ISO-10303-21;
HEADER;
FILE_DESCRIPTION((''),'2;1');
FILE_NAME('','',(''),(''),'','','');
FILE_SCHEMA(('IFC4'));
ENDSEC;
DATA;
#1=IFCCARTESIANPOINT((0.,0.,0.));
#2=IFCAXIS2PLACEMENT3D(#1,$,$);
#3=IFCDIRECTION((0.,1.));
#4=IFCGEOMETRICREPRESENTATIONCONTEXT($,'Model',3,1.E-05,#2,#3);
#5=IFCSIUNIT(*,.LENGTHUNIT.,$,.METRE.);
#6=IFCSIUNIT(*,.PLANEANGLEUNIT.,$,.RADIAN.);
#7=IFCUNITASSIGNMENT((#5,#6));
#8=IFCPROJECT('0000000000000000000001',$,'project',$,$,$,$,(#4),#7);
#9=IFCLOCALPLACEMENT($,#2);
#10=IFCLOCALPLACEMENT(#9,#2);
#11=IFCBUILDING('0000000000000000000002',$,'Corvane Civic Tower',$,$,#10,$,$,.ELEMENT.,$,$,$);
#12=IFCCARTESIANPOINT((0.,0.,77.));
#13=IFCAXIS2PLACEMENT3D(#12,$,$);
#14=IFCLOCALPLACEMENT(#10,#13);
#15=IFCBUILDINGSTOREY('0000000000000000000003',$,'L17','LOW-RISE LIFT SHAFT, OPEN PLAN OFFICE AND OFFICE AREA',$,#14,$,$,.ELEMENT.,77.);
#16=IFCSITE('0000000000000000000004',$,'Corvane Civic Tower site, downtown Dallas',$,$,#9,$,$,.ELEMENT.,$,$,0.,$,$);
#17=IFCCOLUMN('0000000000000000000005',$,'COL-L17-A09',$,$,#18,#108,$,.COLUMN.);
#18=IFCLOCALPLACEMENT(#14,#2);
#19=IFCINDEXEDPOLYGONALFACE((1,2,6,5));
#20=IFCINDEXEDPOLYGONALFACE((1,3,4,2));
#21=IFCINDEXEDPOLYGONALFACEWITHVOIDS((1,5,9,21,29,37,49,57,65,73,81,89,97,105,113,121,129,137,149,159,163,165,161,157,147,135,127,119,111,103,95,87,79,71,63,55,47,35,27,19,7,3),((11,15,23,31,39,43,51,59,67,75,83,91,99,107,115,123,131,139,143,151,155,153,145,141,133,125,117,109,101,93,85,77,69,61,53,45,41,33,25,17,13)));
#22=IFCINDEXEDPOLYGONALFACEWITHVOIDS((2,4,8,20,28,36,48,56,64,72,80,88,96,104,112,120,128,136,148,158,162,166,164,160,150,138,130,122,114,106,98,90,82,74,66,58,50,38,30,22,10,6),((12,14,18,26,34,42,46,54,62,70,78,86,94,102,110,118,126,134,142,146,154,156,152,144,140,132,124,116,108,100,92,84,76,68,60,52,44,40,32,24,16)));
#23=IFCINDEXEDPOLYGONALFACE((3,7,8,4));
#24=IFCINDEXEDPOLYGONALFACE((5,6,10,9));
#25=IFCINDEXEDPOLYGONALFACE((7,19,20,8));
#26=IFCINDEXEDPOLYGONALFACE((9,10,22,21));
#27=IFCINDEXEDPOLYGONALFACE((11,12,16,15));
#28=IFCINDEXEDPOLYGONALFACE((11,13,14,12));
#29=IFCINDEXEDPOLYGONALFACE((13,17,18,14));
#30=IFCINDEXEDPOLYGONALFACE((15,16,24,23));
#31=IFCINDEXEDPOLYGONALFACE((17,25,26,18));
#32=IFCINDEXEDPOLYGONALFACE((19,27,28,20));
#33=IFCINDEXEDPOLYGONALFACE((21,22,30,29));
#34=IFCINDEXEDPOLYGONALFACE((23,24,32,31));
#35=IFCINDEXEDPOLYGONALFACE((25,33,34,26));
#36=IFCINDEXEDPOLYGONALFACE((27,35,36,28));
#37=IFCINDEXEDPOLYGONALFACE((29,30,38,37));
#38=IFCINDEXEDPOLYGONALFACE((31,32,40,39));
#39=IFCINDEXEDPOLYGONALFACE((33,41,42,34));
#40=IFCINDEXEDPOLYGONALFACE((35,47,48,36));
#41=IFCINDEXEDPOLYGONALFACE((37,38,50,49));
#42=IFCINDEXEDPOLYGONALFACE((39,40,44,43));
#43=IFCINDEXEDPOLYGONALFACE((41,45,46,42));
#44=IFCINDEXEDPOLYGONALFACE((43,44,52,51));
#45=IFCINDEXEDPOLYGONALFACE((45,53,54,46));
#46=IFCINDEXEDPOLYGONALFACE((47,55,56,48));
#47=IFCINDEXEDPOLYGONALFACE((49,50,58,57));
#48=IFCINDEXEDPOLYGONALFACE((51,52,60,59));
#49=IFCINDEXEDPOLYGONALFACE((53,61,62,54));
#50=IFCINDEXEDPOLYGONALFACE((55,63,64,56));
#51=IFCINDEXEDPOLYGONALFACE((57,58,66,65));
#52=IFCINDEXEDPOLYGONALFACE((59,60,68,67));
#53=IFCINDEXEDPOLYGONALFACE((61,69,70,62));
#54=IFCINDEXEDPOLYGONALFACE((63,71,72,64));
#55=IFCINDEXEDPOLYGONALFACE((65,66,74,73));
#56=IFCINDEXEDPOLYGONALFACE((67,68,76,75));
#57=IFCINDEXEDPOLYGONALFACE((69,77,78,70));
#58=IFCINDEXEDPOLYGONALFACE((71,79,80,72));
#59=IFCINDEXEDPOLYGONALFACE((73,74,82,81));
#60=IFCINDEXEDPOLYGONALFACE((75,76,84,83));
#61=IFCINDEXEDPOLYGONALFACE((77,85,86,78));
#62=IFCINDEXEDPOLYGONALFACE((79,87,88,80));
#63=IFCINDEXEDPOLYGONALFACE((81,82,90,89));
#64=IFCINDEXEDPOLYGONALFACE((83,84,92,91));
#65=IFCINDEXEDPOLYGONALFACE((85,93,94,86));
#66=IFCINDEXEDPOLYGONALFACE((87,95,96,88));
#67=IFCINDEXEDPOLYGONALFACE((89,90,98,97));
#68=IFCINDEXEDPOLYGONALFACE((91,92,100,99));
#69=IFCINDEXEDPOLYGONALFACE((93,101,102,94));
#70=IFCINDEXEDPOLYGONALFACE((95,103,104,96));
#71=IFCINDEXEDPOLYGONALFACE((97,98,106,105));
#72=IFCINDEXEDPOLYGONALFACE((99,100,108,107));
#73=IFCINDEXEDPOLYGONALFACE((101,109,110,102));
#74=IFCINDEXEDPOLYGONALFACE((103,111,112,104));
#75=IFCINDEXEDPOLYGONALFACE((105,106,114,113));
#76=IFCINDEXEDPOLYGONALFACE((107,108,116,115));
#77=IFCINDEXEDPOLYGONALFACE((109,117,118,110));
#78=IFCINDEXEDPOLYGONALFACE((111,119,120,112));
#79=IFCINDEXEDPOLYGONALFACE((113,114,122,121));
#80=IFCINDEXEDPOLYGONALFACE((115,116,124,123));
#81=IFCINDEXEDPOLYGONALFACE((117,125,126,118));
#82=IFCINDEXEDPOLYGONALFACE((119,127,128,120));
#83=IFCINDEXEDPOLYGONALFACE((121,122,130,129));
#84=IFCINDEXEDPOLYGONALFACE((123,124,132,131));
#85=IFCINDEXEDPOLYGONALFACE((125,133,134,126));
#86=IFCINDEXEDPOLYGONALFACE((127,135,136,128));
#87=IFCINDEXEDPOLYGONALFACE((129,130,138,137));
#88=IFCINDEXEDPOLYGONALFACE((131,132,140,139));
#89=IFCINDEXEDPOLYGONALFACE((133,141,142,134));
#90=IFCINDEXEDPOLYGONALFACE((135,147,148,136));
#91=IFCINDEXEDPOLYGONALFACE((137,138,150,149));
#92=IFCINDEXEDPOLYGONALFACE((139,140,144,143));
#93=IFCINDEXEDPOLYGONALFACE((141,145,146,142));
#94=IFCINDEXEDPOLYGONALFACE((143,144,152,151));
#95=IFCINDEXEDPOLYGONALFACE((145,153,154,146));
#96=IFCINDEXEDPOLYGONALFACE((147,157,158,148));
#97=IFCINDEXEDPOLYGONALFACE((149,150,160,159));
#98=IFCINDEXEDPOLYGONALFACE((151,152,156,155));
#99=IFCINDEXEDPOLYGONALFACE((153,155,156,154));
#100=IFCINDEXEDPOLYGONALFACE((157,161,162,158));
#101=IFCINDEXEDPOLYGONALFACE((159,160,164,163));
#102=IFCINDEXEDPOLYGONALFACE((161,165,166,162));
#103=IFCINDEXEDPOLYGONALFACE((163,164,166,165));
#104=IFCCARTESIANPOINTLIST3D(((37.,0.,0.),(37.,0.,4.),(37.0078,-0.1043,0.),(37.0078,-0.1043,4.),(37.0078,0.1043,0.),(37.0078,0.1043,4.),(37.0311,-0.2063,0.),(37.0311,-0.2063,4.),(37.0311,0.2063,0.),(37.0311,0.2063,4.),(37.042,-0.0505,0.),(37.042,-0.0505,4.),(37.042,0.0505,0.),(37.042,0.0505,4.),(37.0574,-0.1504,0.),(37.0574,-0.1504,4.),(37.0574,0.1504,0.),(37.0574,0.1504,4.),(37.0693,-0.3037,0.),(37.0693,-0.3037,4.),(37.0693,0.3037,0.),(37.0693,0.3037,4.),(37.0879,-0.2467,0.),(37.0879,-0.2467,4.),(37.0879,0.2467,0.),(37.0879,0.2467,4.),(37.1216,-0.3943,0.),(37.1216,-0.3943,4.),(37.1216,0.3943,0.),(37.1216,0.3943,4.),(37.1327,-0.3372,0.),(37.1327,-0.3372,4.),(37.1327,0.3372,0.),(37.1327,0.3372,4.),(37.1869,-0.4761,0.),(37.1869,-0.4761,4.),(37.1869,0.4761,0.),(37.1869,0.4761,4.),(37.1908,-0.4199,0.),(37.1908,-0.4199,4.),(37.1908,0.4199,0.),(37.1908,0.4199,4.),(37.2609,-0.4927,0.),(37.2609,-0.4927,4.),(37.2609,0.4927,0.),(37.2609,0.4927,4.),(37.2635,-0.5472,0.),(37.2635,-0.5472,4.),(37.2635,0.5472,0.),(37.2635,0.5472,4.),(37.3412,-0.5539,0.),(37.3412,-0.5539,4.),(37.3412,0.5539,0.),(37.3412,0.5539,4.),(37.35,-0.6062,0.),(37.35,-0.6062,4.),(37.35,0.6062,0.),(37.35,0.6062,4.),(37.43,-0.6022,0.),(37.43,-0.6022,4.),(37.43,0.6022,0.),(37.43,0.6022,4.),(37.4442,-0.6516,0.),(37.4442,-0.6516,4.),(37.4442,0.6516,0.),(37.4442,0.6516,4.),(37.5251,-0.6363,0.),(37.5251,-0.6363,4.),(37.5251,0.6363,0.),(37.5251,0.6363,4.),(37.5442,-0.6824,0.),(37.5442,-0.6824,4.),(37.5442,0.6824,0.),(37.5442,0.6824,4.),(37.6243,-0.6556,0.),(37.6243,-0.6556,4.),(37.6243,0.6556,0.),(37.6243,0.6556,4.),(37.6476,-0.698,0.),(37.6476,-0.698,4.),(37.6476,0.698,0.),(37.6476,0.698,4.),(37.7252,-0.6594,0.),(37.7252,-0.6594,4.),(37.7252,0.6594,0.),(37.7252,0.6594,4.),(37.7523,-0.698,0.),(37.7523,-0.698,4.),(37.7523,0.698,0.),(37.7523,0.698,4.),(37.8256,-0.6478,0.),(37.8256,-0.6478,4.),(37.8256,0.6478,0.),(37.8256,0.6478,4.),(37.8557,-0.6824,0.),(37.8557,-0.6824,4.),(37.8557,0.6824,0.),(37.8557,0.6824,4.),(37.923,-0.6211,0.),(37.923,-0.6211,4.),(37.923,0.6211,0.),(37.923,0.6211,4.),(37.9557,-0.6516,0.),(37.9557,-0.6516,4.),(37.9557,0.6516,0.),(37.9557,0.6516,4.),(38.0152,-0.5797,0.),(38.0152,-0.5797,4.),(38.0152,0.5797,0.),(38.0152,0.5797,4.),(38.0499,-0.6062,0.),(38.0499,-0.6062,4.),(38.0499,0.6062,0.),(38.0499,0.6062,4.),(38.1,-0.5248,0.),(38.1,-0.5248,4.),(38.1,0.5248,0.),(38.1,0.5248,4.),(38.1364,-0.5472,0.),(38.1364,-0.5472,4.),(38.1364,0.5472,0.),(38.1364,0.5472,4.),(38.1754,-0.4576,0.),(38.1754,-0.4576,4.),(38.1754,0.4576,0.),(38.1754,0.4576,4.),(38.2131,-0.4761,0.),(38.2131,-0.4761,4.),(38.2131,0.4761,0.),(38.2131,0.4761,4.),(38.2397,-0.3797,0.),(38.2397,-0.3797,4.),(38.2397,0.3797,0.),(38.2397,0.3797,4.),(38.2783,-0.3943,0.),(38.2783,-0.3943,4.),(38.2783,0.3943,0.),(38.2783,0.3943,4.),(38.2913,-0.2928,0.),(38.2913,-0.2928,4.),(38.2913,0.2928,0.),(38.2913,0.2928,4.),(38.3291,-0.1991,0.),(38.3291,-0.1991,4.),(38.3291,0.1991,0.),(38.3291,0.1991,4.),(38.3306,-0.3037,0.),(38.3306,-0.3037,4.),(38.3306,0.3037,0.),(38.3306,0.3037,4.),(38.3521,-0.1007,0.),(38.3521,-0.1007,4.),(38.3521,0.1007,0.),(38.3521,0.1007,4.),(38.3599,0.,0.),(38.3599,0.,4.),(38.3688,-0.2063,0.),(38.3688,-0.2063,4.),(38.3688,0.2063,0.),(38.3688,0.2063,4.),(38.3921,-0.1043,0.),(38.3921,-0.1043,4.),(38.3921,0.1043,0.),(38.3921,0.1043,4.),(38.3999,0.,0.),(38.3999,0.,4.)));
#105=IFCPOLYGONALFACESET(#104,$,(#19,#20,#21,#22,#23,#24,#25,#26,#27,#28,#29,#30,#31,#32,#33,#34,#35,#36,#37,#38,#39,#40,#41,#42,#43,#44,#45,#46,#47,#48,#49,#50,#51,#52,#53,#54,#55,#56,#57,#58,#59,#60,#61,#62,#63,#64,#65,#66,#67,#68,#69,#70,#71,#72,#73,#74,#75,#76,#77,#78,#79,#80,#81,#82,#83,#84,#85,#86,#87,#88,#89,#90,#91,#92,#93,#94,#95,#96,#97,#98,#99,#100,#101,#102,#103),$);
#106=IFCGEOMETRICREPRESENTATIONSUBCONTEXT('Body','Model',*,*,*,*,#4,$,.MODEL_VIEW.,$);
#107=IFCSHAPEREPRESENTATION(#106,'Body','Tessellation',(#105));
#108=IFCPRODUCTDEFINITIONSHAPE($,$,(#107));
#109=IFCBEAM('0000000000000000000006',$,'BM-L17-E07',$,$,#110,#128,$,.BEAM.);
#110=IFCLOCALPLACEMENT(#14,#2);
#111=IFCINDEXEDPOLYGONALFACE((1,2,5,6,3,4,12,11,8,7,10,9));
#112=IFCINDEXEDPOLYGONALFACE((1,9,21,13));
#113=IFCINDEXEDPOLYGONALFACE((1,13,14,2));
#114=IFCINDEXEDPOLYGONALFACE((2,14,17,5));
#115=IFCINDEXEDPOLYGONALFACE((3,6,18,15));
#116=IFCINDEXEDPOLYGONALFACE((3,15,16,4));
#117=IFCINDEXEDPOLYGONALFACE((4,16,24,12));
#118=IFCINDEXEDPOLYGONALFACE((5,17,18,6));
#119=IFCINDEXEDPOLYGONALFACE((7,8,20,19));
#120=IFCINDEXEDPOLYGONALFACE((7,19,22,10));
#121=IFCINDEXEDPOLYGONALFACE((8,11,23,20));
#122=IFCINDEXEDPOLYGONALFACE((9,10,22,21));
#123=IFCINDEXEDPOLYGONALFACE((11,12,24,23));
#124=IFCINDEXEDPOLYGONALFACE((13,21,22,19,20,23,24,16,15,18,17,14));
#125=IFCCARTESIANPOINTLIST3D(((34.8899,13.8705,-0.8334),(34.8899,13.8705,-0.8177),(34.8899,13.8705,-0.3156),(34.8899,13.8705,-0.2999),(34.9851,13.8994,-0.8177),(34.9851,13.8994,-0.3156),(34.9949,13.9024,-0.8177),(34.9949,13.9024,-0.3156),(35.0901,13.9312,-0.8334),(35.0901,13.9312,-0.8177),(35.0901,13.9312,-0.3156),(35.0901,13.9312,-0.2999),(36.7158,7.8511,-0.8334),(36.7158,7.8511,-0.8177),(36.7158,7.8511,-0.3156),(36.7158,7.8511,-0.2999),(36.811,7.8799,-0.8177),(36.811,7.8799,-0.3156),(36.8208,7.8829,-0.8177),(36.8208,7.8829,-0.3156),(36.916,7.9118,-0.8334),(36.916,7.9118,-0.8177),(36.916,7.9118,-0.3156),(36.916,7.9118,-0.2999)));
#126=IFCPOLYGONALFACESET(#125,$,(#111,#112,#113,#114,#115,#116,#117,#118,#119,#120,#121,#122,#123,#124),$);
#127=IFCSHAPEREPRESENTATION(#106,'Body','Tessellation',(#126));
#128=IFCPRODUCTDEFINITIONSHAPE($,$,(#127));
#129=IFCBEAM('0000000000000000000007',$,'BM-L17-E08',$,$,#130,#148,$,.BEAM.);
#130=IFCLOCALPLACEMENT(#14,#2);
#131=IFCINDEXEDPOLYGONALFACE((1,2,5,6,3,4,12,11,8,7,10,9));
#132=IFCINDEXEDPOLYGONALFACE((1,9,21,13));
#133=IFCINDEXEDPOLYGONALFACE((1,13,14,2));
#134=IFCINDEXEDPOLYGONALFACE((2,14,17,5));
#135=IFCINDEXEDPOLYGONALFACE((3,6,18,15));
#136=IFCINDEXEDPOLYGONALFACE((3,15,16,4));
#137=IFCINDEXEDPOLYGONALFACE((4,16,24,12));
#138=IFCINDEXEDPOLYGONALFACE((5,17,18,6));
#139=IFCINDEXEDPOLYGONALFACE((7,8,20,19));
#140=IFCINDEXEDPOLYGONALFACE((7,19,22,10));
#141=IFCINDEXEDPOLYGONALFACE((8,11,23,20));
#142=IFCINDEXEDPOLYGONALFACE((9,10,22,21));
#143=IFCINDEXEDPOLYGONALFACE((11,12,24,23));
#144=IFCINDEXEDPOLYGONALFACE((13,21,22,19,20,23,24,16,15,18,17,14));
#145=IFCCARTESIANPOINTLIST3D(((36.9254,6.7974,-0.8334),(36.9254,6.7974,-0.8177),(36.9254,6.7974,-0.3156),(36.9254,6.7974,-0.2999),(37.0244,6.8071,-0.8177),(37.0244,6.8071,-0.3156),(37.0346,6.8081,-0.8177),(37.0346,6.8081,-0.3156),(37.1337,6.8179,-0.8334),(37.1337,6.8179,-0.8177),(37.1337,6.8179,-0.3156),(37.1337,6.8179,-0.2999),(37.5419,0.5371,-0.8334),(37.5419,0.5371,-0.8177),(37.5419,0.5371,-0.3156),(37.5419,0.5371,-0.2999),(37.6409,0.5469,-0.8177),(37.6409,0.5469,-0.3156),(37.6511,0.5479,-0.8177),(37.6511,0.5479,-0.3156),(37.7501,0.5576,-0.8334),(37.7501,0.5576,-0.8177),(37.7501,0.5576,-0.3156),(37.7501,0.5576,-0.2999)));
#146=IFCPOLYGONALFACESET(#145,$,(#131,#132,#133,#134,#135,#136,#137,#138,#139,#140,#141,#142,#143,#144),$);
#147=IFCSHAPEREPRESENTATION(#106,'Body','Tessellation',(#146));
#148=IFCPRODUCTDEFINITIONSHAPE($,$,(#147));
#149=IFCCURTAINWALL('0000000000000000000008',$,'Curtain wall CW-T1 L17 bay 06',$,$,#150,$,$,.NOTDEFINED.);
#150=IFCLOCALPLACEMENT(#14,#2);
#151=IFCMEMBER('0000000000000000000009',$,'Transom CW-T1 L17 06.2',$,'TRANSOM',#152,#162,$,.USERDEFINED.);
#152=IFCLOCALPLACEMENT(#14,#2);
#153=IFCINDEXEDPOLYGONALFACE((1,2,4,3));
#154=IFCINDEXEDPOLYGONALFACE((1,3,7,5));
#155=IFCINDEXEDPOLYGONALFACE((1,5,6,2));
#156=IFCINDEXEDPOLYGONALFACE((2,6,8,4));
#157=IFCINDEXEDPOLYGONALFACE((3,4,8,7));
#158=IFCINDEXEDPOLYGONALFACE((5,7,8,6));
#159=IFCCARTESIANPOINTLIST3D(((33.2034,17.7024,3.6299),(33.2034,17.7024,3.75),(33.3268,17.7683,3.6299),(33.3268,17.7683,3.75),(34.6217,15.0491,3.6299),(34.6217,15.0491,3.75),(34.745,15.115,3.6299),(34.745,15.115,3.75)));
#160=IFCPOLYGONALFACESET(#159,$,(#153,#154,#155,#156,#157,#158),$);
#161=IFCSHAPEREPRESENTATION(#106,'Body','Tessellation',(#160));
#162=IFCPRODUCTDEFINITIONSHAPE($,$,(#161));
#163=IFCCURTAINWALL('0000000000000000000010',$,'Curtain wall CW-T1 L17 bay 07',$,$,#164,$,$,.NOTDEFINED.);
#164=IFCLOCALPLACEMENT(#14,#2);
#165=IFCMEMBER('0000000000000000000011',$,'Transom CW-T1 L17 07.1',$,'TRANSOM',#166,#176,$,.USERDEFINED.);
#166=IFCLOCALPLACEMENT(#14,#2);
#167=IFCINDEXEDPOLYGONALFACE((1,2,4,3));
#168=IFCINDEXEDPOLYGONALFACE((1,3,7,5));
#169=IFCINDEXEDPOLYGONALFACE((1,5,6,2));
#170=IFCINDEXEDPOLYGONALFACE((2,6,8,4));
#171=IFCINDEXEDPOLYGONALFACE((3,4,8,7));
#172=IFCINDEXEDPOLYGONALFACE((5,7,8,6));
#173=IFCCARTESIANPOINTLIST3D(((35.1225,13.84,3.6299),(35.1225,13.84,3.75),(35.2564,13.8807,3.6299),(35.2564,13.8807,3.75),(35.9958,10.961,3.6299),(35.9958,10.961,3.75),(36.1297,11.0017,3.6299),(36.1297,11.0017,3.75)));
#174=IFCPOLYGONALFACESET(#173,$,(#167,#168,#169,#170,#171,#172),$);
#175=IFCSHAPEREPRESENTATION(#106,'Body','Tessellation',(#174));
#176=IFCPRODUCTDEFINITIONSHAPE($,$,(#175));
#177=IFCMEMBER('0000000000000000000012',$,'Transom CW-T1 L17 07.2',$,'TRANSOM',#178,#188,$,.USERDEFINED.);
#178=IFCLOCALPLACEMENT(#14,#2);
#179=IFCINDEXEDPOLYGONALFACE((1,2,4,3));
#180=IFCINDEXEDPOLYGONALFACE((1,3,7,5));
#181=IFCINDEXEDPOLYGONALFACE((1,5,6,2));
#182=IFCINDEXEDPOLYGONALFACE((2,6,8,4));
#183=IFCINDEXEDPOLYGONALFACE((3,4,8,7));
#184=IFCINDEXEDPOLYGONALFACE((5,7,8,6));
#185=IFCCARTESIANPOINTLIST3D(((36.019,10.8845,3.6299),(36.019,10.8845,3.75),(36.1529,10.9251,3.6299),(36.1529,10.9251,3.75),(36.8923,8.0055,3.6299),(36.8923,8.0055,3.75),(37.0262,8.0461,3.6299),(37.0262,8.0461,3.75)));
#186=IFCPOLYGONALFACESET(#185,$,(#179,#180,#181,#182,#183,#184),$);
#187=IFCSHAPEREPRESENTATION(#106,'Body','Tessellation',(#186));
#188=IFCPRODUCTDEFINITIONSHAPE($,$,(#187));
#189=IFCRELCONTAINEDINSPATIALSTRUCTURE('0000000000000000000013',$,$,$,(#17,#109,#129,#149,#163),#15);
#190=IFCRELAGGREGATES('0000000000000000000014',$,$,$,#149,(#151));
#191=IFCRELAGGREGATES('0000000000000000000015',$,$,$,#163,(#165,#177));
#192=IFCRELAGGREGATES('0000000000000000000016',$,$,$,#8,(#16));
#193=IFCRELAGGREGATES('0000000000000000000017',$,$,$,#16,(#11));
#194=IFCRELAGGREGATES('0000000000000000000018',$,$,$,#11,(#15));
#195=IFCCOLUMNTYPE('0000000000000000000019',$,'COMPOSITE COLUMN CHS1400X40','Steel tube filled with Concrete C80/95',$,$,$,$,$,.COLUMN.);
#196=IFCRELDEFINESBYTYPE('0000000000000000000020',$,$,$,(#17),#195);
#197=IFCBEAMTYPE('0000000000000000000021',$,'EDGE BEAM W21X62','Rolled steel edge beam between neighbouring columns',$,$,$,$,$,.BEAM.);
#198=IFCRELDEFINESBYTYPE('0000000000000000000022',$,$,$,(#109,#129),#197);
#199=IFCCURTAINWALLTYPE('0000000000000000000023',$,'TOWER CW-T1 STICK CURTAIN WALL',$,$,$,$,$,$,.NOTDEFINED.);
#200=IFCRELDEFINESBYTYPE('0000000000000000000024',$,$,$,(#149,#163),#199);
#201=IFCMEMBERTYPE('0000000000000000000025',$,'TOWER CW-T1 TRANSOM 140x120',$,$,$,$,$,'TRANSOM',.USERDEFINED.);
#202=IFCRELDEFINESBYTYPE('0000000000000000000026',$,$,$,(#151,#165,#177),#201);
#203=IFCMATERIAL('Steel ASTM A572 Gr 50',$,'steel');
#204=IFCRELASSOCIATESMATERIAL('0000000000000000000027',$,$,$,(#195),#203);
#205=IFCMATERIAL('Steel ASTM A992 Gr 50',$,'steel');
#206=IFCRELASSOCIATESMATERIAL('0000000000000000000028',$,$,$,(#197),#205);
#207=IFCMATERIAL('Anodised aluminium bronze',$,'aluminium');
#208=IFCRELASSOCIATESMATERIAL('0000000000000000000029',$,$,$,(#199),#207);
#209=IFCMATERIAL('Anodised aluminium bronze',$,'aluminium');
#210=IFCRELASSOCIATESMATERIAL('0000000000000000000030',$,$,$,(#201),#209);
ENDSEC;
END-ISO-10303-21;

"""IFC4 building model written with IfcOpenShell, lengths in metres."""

from ifc_helpers import new_model, si_unit, direction, frame, origin, origin_2d, place, context, subcontext, project, spatial, rectangle, hollow_circle, i_section, extrude, material, material_profile, profile_set, type_object, element, aggregate, save


model = new_model("IFC4")

# Units and contexts
model_context = context("Model", 3, precision=1e-05, world=origin(), true_north=direction((0.0, 1.0)))
body_context = subcontext(model_context, "Body", "Model", "MODEL_VIEW")
ifc_project = project(units=[si_unit("LENGTHUNIT", "METRE"), si_unit("PLANEANGLEUNIT", "RADIAN")], contexts=[model_context])

# Site, building, storey
site_placement = place(None, origin())
site = spatial("IfcSite", under=ifc_project, at=site_placement, Name="Corvane Civic Tower site, downtown Dallas", CompositionType="ELEMENT", RefElevation=0.0)
building_placement = place(site_placement, origin())
building = spatial("IfcBuilding", under=site, at=building_placement, Name="Corvane Civic Tower", CompositionType="ELEMENT")
storey_placement = place(building_placement, frame((0.0, 0.0, 77.0)))
storey = spatial("IfcBuildingStorey", under=building, at=storey_placement, Name="L17", Description="LOW-RISE LIFT SHAFT, OPEN PLAN OFFICE AND OFFICE AREA", CompositionType="ELEMENT", Elevation=77.0)

# Column
ifc_material_1 = material(Name="Steel ASTM A572 Gr 50", Category="steel")
ifc_material_profile_1 = material_profile(ifc_material_1, hollow_circle(Radius=0.7, WallThickness=0.04, at=origin_2d()), Name="CHS1400X40")
ifc_profile_set_1 = profile_set([ifc_material_profile_1], Name="Steel ASTM A572 Gr 50")
column_type = type_object("IfcColumnType", Name="COMPOSITE COLUMN CHS1400X40", Description="Steel tube filled with Concrete C80/95", PredefinedType="COLUMN", material=ifc_profile_set_1)
for number, where, z_axis, x_axis, name in (
    (1, (37.7, 0.0, 0.0), (0.0, 0.0, 1.0), (1.0, 0.0, 0.0), "COL-L17-A09"),
):
    element("IfcColumn", number, at=place(storey_placement, frame(where, z_axis=z_axis, x_axis=x_axis)), inside=storey, type_object=column_type, Name=name, PredefinedType="COLUMN", context=body_context, shape_type="SweptSolid", body=[
        extrude(hollow_circle(Radius=0.7, WallThickness=0.04, at=origin_2d()), origin(), (0.0, 0.0, 1.0), 4.0),
    ])

# Beams
ifc_material_2 = material(Name="Steel ASTM A992 Gr 50", Category="steel")
ifc_material_profile_2 = material_profile(ifc_material_2, i_section(OverallWidth=0.2092, OverallDepth=0.5334, WebThickness=0.0103, FlangeThickness=0.0156, at=origin_2d()), Name="W21X62")
ifc_profile_set_2 = profile_set([ifc_material_profile_2], Name="Steel ASTM A992 Gr 50")
beam_type = type_object("IfcBeamType", Name="EDGE BEAM W21X62", Description="Rolled steel edge beam between neighbouring columns", PredefinedType="BEAM", material=ifc_profile_set_2)
beam_1_placement = place(storey_placement, frame((34.99, 13.9009, -0.5667), z_axis=(0.290273, -0.956944, 0.0), x_axis=(0.956944, 0.290273, 0.0)))
element("IfcBeam", 2, at=beam_1_placement, inside=storey, type_object=beam_type, Name="BM-L17-E07", PredefinedType="BEAM", context=body_context, shape_type="SweptSolid", body=[
    extrude(i_section(OverallWidth=0.2092, OverallDepth=0.5334, WebThickness=0.0103, FlangeThickness=0.0156, at=origin_2d()), origin(), (0.0, 0.0, 1.0), 6.2903),
])
beam_2_placement = place(storey_placement, frame((37.0295, 6.8076, -0.5667), z_axis=(0.097997, -0.995187, 0.0), x_axis=(0.995187, 0.097997, 0.0)))
element("IfcBeam", 3, at=beam_2_placement, inside=storey, type_object=beam_type, Name="BM-L17-E08", PredefinedType="BEAM", context=body_context, shape_type="SweptSolid", body=[
    extrude(i_section(OverallWidth=0.2092, OverallDepth=0.5334, WebThickness=0.0103, FlangeThickness=0.0156, at=origin_2d()), origin(), (0.0, 0.0, 1.0), 6.2905),
])

# Curtain wall, member
ifc_material_3 = material(Name="Anodised aluminium bronze", Category="aluminium")
curtain_wall_type = type_object("IfcCurtainWallType", Name="TOWER CW-T1 STICK CURTAIN WALL", PredefinedType="NOTDEFINED", material=ifc_material_3)
curtain_wall_1_placement = place(storey_placement, origin())
curtain_wall_1 = element("IfcCurtainWall", 4, at=curtain_wall_1_placement, inside=storey, type_object=curtain_wall_type, Name="Curtain wall CW-T1 L17 bay 06", PredefinedType="NOTDEFINED")
ifc_material_4 = material(Name="Anodised aluminium bronze", Category="aluminium")
ifc_material_profile_3 = material_profile(ifc_material_4, rectangle(XDim=0.1399, YDim=0.1201, at=origin_2d()), Name="TOWER CW-T1 TRANSOM 140x120")
ifc_profile_set_3 = profile_set([ifc_material_profile_3], Name="Anodised aluminium bronze")
member_type_1 = type_object("IfcMemberType", Name="TOWER CW-T1 TRANSOM 140x120", ElementType="TRANSOM", PredefinedType="USERDEFINED", material=ifc_profile_set_3)
member_1_placement = place(storey_placement, frame((33.2651, 17.7354, 3.6899), z_axis=(0.471393, -0.881924, 0.0), x_axis=(0.881924, 0.471393, 0.0)))
member_1 = element("IfcMember", 5, at=member_1_placement, type_object=member_type_1, Name="Transom CW-T1 L17 06.2", ObjectType="TRANSOM", PredefinedType="USERDEFINED", context=body_context, shape_type="SweptSolid", body=[
    extrude(rectangle(XDim=0.1399, YDim=0.1201, at=origin_2d()), origin(), (0.0, 0.0, 1.0), 3.0085),
])

# Curtain wall, members
curtain_wall_2_placement = place(storey_placement, origin())
curtain_wall_2 = element("IfcCurtainWall", 6, at=curtain_wall_2_placement, inside=storey, type_object=curtain_wall_type, Name="Curtain wall CW-T1 L17 bay 07", PredefinedType="NOTDEFINED")
member_2_placement = place(storey_placement, frame((35.1895, 13.8604, 3.6899), z_axis=(0.29028, -0.956942, 0.0), x_axis=(0.956942, 0.29028, 0.0)))
member_2 = element("IfcMember", 7, at=member_2_placement, type_object=member_type_1, Name="Transom CW-T1 L17 07.1", ObjectType="TRANSOM", PredefinedType="USERDEFINED", context=body_context, shape_type="SweptSolid", body=[
    extrude(rectangle(XDim=0.1399, YDim=0.1201, at=origin_2d()), origin(), (0.0, 0.0, 1.0), 3.0085),
])
member_3_placement = place(storey_placement, frame((36.0859, 10.9048, 3.6899), z_axis=(0.29028, -0.956942, 0.0), x_axis=(0.956942, 0.29028, 0.0)))
member_3 = element("IfcMember", 8, at=member_3_placement, type_object=member_type_1, Name="Transom CW-T1 L17 07.2", ObjectType="TRANSOM", PredefinedType="USERDEFINED", context=body_context, shape_type="SweptSolid", body=[
    extrude(rectangle(XDim=0.1399, YDim=0.1201, at=origin_2d()), origin(), (0.0, 0.0, 1.0), 3.0085),
])

aggregate(curtain_wall_1, [member_1])
aggregate(curtain_wall_2, [member_2, member_3])

save(model, "model.ifc")
